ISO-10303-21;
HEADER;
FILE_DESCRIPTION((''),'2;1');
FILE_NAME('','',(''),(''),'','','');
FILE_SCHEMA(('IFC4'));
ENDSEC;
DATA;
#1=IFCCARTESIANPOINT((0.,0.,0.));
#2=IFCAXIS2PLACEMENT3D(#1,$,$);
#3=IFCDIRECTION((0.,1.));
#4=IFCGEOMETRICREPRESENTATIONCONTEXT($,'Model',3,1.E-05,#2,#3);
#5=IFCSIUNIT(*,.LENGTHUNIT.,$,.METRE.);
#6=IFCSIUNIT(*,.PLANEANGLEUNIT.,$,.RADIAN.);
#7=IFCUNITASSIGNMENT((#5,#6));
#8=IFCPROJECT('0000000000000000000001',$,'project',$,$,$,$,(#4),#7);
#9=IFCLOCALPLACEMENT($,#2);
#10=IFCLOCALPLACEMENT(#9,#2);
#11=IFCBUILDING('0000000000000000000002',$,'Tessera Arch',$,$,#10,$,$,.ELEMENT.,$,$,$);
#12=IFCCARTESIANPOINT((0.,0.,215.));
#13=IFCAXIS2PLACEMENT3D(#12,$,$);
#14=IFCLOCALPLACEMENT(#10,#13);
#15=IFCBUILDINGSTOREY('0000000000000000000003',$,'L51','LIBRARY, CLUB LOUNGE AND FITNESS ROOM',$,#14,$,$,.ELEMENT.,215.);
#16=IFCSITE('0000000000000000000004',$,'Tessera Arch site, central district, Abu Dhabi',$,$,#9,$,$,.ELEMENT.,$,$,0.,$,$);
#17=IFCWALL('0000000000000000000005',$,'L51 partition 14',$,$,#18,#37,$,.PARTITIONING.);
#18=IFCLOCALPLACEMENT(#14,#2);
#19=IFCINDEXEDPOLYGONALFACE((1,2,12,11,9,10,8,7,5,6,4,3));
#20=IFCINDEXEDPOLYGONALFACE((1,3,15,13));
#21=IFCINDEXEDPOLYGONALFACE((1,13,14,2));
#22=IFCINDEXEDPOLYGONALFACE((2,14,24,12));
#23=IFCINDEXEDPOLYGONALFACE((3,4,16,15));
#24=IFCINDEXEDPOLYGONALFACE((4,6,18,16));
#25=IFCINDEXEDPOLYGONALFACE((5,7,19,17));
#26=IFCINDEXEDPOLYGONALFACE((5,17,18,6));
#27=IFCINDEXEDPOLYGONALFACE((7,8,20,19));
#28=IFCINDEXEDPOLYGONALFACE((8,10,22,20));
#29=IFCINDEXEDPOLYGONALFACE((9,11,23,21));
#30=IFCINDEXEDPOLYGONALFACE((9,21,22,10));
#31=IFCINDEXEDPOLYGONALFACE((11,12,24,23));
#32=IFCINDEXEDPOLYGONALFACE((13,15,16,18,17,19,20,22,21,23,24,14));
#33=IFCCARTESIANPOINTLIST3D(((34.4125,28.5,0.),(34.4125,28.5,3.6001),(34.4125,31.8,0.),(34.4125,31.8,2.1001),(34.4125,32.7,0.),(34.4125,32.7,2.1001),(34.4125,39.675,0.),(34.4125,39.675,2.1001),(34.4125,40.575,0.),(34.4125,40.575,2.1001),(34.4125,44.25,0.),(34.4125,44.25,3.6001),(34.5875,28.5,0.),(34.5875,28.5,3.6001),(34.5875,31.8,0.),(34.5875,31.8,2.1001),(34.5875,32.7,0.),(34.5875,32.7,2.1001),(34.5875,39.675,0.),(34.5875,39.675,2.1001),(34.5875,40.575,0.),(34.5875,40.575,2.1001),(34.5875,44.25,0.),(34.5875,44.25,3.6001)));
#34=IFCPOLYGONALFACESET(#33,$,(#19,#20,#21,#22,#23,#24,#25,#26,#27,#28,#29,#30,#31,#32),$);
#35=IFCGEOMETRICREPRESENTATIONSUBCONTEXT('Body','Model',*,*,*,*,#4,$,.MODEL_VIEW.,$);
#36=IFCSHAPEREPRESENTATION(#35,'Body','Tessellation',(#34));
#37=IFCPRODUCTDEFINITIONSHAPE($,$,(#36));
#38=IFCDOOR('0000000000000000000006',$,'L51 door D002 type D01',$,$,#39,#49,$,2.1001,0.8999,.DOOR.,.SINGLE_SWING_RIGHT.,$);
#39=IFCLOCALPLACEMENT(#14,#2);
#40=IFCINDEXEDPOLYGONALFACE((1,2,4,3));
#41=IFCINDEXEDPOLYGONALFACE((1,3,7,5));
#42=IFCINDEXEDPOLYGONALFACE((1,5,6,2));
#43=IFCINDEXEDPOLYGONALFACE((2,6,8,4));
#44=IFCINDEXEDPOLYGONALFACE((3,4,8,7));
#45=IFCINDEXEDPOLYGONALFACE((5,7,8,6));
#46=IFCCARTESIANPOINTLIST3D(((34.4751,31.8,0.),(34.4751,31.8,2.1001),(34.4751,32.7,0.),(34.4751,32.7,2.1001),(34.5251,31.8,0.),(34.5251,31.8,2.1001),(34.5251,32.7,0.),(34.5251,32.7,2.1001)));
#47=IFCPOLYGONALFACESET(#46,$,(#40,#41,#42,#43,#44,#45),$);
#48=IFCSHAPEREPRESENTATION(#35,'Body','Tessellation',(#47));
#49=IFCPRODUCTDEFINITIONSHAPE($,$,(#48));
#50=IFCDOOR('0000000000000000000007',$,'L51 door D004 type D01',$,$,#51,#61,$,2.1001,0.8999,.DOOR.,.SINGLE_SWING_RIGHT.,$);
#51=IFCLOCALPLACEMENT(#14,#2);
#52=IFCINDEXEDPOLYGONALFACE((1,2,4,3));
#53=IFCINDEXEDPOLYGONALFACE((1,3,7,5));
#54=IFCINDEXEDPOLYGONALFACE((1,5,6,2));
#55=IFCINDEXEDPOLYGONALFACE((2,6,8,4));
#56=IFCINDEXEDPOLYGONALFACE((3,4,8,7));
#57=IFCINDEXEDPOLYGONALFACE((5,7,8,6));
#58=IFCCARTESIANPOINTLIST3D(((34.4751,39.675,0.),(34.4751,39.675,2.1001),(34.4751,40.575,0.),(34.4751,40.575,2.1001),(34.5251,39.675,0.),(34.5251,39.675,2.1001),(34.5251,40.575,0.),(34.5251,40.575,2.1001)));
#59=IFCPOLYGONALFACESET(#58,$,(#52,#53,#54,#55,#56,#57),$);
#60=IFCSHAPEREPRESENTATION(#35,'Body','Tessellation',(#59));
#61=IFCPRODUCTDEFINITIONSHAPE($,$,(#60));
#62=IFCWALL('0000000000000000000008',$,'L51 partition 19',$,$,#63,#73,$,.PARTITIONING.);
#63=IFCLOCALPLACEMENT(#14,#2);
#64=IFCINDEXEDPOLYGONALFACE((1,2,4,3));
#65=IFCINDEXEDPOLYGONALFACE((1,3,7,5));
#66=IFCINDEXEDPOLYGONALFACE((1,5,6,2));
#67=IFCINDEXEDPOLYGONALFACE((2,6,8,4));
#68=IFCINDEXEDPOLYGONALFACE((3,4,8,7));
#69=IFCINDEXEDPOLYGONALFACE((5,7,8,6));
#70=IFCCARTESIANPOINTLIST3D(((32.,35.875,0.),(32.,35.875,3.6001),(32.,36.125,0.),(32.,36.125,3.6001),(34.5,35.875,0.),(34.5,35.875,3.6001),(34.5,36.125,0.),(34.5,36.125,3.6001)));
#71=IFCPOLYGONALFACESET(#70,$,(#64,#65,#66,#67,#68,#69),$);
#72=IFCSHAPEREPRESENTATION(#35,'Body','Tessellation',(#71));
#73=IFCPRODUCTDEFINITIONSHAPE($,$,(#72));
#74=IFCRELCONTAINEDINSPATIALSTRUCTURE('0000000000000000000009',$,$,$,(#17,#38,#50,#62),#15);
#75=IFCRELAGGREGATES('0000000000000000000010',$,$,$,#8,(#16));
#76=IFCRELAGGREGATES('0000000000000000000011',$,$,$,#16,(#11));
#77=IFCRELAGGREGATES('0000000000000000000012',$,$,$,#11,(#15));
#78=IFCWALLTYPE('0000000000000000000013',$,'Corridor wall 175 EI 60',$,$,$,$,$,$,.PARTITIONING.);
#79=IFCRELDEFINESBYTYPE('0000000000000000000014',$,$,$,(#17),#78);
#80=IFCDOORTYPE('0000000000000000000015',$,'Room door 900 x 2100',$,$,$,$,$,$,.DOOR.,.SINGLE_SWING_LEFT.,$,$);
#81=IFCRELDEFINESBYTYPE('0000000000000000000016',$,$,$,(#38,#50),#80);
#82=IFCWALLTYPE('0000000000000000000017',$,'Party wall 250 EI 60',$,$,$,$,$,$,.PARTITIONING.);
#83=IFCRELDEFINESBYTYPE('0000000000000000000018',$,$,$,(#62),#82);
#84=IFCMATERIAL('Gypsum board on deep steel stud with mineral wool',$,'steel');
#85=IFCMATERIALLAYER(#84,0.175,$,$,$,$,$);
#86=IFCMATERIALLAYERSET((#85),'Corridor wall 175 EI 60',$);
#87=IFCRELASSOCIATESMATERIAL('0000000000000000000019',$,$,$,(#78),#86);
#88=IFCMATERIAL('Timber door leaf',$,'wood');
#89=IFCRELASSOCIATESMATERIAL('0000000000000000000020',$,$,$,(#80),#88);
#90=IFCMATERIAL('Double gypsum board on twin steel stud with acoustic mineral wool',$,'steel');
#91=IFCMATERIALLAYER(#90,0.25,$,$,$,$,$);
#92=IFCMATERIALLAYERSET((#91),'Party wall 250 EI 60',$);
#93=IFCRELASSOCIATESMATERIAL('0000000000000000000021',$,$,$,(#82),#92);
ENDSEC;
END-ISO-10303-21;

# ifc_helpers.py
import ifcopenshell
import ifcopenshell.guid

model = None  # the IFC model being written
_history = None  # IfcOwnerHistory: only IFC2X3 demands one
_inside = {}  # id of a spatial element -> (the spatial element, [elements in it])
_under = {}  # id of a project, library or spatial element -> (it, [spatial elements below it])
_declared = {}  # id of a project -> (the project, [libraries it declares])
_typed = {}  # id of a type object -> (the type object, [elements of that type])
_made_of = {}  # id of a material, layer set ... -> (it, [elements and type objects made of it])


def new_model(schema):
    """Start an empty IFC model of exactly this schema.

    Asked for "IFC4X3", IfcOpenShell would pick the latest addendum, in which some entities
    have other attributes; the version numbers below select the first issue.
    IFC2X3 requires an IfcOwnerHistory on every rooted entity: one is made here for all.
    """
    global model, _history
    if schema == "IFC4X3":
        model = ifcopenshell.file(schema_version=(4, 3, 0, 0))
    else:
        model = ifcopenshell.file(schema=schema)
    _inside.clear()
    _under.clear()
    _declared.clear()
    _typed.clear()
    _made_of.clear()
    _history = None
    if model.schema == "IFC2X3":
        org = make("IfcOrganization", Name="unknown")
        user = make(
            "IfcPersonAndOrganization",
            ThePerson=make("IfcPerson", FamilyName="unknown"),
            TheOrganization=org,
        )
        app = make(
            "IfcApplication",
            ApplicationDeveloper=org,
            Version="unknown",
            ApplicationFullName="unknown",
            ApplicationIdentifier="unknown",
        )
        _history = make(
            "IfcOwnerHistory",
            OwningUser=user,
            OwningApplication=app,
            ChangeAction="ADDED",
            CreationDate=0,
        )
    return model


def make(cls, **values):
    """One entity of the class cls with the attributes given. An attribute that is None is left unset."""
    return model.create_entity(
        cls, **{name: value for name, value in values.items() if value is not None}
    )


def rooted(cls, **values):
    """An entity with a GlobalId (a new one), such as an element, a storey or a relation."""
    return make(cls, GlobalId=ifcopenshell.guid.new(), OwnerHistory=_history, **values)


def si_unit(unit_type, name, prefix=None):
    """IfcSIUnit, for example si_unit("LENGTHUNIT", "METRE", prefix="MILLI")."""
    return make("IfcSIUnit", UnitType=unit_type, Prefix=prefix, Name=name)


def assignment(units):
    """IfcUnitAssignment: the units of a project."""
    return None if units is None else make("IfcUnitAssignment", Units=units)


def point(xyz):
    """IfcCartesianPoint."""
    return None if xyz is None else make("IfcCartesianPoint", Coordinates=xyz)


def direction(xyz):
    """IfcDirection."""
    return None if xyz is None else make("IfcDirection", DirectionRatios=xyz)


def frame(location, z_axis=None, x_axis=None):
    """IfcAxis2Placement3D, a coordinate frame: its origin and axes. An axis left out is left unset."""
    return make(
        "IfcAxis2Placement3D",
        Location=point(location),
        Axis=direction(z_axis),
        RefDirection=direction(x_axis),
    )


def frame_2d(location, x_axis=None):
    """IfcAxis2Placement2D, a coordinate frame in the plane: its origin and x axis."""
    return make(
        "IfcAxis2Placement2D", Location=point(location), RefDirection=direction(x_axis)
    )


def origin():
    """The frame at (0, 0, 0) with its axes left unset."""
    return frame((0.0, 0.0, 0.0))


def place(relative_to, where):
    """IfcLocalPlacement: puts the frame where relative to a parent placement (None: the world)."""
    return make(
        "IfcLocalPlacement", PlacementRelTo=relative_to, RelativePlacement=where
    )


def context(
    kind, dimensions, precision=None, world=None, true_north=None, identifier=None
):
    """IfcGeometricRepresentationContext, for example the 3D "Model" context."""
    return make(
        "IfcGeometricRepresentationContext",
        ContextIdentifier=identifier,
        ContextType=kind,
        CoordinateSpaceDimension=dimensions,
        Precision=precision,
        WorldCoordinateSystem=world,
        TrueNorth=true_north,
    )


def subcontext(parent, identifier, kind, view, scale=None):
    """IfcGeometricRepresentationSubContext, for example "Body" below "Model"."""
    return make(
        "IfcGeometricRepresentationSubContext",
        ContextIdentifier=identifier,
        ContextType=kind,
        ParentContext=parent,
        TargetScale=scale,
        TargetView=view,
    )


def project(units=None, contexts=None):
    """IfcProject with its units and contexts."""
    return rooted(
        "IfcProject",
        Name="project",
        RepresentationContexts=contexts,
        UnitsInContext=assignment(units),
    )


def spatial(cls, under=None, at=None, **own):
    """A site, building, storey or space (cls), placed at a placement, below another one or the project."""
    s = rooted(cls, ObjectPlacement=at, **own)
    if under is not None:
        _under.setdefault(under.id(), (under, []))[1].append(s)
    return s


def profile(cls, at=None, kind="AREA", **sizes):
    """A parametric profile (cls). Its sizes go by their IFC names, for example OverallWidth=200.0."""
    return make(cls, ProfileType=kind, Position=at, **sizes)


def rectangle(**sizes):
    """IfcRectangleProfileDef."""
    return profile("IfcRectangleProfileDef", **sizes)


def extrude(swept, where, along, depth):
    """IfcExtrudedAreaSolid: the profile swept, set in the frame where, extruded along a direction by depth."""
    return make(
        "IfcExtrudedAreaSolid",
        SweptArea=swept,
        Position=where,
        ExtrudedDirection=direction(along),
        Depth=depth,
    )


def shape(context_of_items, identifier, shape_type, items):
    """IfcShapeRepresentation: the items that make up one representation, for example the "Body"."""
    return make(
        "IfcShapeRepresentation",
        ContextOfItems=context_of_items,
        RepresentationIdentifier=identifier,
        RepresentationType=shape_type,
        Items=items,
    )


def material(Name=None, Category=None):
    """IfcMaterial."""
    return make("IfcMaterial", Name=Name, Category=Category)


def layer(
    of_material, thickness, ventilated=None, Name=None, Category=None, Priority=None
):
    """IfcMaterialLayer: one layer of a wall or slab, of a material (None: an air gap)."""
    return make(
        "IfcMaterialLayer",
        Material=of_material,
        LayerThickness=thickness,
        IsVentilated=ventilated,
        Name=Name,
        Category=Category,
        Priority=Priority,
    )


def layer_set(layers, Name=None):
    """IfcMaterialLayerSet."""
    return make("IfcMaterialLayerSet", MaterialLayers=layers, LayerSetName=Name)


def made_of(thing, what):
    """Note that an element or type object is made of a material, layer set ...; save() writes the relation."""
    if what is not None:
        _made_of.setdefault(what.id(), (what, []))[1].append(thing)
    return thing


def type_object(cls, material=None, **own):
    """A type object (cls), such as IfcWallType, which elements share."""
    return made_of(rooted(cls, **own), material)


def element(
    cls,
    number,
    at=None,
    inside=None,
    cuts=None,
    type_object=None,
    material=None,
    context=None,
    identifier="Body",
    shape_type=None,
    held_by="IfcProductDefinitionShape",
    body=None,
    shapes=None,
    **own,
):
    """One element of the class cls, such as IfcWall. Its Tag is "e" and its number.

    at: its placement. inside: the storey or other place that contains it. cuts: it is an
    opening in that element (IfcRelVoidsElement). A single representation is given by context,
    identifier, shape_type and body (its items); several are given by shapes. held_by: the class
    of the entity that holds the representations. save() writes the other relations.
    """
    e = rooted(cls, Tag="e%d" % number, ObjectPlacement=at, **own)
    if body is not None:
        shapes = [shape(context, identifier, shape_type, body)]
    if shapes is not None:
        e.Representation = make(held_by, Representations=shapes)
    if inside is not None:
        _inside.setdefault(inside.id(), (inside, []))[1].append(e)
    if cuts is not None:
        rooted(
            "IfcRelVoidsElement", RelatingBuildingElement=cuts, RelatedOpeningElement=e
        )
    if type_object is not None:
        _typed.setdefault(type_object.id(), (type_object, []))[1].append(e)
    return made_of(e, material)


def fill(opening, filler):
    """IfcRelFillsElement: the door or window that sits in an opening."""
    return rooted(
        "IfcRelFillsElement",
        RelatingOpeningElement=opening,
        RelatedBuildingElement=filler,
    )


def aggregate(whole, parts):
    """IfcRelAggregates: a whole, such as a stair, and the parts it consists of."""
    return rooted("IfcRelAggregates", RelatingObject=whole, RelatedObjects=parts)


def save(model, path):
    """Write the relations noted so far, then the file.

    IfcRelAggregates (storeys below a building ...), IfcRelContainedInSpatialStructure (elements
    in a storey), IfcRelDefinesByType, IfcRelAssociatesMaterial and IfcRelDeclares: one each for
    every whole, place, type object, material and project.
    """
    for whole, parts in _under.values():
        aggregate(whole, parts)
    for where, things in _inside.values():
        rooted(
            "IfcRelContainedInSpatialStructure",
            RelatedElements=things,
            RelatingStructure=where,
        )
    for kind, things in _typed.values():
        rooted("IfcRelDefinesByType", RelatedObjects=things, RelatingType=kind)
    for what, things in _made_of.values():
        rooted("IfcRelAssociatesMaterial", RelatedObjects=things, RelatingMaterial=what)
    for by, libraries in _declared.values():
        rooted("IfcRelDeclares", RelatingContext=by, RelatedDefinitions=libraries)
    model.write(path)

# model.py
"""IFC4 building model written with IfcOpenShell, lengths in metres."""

from ifc_helpers import new_model, si_unit, direction, frame, frame_2d, origin, place, context, subcontext, project, spatial, rectangle, extrude, material, layer, layer_set, type_object, element, fill, save


model = new_model("IFC4")

# Units and contexts
model_context = context("Model", 3, precision=1e-05, world=origin(), true_north=direction((0.0, 1.0)))
body_context = subcontext(model_context, "Body", "Model", "MODEL_VIEW")
ifc_project = project(units=[si_unit("LENGTHUNIT", "METRE"), si_unit("PLANEANGLEUNIT", "RADIAN")], contexts=[model_context])

# Site, building, storey
site_placement = place(None, origin())
site = spatial("IfcSite", under=ifc_project, at=site_placement, Name="Tessera Arch site, central district, Abu Dhabi", CompositionType="ELEMENT", RefElevation=0.0)
building_placement = place(site_placement, origin())
building = spatial("IfcBuilding", under=site, at=building_placement, Name="Tessera Arch", CompositionType="ELEMENT")
storey_placement = place(building_placement, frame((0.0, 0.0, 215.0)))
storey = spatial("IfcBuildingStorey", under=building, at=storey_placement, Name="L51", Description="LIBRARY, CLUB LOUNGE AND FITNESS ROOM", CompositionType="ELEMENT", Elevation=215.0)

# Shared definitions
ifc_material_1 = material(Name="Gypsum board on deep steel stud with mineral wool", Category="steel")
ifc_layer_1 = layer(ifc_material_1, 0.175)
ifc_layer_set_1 = layer_set([ifc_layer_1], Name="Corridor wall 175 EI 60")
wall_type_1 = type_object("IfcWallType", Name="Corridor wall 175 EI 60", PredefinedType="PARTITIONING", material=ifc_layer_set_1)

# Wall, openings, doors
wall_1_placement = place(storey_placement, frame((34.5, 28.5, 0.0), z_axis=(0.0, 0.0, 1.0), x_axis=(0.0, 1.0, 0.0)))
wall_1 = element("IfcWall", 1, at=wall_1_placement, inside=storey, type_object=wall_type_1, Name="L51 partition 14", PredefinedType="PARTITIONING", context=body_context, shape_type="SweptSolid", body=[
    extrude(rectangle(XDim=15.75, YDim=0.175, at=frame_2d((7.875, 0.0))), origin(), (0.0, 0.0, 1.0), 3.6001),
])
opening_1_placement = place(wall_1_placement, frame((3.3, 0.0, 0.0)))
opening_1 = element("IfcOpeningElement", 2, at=opening_1_placement, cuts=wall_1, PredefinedType="OPENING", context=body_context, shape_type="SweptSolid", body=[
    extrude(rectangle(XDim=0.8999, YDim=2.1001, at=frame_2d((0.45, 1.05))), frame((0.0, 0.0974, 0.0), z_axis=(0.0, -1.0, 0.0), x_axis=(1.0, 0.0, 0.0)), (0.0, 0.0, 1.0), 0.1951),
])
opening_2_placement = place(wall_1_placement, frame((11.175, 0.0, 0.0)))
opening_2 = element("IfcOpeningElement", 3, at=opening_2_placement, cuts=wall_1, PredefinedType="OPENING", context=body_context, shape_type="SweptSolid", body=[
    extrude(rectangle(XDim=0.8999, YDim=2.1001, at=frame_2d((0.45, 1.05))), frame((0.0, 0.0974, 0.0), z_axis=(0.0, -1.0, 0.0), x_axis=(1.0, 0.0, 0.0)), (0.0, 0.0, 1.0), 0.1951),
])
ifc_material_2 = material(Name="Timber door leaf", Category="wood")
door_type_1 = type_object("IfcDoorType", Name="Room door 900 x 2100", OperationType="SINGLE_SWING_LEFT", PredefinedType="DOOR", material=ifc_material_2)
door_1_placement = place(opening_1_placement, origin())
door_1 = element("IfcDoor", 4, at=door_1_placement, inside=storey, type_object=door_type_1, Name="L51 door D002 type D01", OperationType="SINGLE_SWING_RIGHT", OverallHeight=2.1001, OverallWidth=0.8999, PredefinedType="DOOR", context=body_context, shape_type="SweptSolid", body=[
    extrude(rectangle(XDim=0.8999, YDim=2.1001, at=frame_2d((0.45, 1.05))), frame((0.0, 0.0249, 0.0), z_axis=(0.0, -1.0, 0.0), x_axis=(1.0, 0.0, 0.0)), (0.0, 0.0, 1.0), 0.05),
])
fill(opening_1, door_1)
door_2_placement = place(opening_2_placement, origin())
door_2 = element("IfcDoor", 5, at=door_2_placement, inside=storey, type_object=door_type_1, Name="L51 door D004 type D01", OperationType="SINGLE_SWING_RIGHT", OverallHeight=2.1001, OverallWidth=0.8999, PredefinedType="DOOR", context=body_context, shape_type="SweptSolid", body=[
    extrude(rectangle(XDim=0.8999, YDim=2.1001, at=frame_2d((0.45, 1.05))), frame((0.0, 0.0249, 0.0), z_axis=(0.0, -1.0, 0.0), x_axis=(1.0, 0.0, 0.0)), (0.0, 0.0, 1.0), 0.05),
])
fill(opening_2, door_2)

# Wall
ifc_material_3 = material(Name="Double gypsum board on twin steel stud with acoustic mineral wool", Category="steel")
ifc_layer_2 = layer(ifc_material_3, 0.25)
ifc_layer_set_2 = layer_set([ifc_layer_2], Name="Party wall 250 EI 60")
wall_type_2 = type_object("IfcWallType", Name="Party wall 250 EI 60", PredefinedType="PARTITIONING", material=ifc_layer_set_2)
wall_2_placement = place(storey_placement, frame((32.0, 36.0, 0.0), z_axis=(0.0, 0.0, 1.0), x_axis=(1.0, 0.0, 0.0)))
element("IfcWall", 6, at=wall_2_placement, inside=storey, type_object=wall_type_2, Name="L51 partition 19", PredefinedType="PARTITIONING", context=body_context, shape_type="SweptSolid", body=[
    extrude(rectangle(XDim=2.5, YDim=0.25, at=frame_2d((1.25, 0.0))), origin(), (0.0, 0.0, 1.0), 3.6001),
])

save(model, "model.ifc")
